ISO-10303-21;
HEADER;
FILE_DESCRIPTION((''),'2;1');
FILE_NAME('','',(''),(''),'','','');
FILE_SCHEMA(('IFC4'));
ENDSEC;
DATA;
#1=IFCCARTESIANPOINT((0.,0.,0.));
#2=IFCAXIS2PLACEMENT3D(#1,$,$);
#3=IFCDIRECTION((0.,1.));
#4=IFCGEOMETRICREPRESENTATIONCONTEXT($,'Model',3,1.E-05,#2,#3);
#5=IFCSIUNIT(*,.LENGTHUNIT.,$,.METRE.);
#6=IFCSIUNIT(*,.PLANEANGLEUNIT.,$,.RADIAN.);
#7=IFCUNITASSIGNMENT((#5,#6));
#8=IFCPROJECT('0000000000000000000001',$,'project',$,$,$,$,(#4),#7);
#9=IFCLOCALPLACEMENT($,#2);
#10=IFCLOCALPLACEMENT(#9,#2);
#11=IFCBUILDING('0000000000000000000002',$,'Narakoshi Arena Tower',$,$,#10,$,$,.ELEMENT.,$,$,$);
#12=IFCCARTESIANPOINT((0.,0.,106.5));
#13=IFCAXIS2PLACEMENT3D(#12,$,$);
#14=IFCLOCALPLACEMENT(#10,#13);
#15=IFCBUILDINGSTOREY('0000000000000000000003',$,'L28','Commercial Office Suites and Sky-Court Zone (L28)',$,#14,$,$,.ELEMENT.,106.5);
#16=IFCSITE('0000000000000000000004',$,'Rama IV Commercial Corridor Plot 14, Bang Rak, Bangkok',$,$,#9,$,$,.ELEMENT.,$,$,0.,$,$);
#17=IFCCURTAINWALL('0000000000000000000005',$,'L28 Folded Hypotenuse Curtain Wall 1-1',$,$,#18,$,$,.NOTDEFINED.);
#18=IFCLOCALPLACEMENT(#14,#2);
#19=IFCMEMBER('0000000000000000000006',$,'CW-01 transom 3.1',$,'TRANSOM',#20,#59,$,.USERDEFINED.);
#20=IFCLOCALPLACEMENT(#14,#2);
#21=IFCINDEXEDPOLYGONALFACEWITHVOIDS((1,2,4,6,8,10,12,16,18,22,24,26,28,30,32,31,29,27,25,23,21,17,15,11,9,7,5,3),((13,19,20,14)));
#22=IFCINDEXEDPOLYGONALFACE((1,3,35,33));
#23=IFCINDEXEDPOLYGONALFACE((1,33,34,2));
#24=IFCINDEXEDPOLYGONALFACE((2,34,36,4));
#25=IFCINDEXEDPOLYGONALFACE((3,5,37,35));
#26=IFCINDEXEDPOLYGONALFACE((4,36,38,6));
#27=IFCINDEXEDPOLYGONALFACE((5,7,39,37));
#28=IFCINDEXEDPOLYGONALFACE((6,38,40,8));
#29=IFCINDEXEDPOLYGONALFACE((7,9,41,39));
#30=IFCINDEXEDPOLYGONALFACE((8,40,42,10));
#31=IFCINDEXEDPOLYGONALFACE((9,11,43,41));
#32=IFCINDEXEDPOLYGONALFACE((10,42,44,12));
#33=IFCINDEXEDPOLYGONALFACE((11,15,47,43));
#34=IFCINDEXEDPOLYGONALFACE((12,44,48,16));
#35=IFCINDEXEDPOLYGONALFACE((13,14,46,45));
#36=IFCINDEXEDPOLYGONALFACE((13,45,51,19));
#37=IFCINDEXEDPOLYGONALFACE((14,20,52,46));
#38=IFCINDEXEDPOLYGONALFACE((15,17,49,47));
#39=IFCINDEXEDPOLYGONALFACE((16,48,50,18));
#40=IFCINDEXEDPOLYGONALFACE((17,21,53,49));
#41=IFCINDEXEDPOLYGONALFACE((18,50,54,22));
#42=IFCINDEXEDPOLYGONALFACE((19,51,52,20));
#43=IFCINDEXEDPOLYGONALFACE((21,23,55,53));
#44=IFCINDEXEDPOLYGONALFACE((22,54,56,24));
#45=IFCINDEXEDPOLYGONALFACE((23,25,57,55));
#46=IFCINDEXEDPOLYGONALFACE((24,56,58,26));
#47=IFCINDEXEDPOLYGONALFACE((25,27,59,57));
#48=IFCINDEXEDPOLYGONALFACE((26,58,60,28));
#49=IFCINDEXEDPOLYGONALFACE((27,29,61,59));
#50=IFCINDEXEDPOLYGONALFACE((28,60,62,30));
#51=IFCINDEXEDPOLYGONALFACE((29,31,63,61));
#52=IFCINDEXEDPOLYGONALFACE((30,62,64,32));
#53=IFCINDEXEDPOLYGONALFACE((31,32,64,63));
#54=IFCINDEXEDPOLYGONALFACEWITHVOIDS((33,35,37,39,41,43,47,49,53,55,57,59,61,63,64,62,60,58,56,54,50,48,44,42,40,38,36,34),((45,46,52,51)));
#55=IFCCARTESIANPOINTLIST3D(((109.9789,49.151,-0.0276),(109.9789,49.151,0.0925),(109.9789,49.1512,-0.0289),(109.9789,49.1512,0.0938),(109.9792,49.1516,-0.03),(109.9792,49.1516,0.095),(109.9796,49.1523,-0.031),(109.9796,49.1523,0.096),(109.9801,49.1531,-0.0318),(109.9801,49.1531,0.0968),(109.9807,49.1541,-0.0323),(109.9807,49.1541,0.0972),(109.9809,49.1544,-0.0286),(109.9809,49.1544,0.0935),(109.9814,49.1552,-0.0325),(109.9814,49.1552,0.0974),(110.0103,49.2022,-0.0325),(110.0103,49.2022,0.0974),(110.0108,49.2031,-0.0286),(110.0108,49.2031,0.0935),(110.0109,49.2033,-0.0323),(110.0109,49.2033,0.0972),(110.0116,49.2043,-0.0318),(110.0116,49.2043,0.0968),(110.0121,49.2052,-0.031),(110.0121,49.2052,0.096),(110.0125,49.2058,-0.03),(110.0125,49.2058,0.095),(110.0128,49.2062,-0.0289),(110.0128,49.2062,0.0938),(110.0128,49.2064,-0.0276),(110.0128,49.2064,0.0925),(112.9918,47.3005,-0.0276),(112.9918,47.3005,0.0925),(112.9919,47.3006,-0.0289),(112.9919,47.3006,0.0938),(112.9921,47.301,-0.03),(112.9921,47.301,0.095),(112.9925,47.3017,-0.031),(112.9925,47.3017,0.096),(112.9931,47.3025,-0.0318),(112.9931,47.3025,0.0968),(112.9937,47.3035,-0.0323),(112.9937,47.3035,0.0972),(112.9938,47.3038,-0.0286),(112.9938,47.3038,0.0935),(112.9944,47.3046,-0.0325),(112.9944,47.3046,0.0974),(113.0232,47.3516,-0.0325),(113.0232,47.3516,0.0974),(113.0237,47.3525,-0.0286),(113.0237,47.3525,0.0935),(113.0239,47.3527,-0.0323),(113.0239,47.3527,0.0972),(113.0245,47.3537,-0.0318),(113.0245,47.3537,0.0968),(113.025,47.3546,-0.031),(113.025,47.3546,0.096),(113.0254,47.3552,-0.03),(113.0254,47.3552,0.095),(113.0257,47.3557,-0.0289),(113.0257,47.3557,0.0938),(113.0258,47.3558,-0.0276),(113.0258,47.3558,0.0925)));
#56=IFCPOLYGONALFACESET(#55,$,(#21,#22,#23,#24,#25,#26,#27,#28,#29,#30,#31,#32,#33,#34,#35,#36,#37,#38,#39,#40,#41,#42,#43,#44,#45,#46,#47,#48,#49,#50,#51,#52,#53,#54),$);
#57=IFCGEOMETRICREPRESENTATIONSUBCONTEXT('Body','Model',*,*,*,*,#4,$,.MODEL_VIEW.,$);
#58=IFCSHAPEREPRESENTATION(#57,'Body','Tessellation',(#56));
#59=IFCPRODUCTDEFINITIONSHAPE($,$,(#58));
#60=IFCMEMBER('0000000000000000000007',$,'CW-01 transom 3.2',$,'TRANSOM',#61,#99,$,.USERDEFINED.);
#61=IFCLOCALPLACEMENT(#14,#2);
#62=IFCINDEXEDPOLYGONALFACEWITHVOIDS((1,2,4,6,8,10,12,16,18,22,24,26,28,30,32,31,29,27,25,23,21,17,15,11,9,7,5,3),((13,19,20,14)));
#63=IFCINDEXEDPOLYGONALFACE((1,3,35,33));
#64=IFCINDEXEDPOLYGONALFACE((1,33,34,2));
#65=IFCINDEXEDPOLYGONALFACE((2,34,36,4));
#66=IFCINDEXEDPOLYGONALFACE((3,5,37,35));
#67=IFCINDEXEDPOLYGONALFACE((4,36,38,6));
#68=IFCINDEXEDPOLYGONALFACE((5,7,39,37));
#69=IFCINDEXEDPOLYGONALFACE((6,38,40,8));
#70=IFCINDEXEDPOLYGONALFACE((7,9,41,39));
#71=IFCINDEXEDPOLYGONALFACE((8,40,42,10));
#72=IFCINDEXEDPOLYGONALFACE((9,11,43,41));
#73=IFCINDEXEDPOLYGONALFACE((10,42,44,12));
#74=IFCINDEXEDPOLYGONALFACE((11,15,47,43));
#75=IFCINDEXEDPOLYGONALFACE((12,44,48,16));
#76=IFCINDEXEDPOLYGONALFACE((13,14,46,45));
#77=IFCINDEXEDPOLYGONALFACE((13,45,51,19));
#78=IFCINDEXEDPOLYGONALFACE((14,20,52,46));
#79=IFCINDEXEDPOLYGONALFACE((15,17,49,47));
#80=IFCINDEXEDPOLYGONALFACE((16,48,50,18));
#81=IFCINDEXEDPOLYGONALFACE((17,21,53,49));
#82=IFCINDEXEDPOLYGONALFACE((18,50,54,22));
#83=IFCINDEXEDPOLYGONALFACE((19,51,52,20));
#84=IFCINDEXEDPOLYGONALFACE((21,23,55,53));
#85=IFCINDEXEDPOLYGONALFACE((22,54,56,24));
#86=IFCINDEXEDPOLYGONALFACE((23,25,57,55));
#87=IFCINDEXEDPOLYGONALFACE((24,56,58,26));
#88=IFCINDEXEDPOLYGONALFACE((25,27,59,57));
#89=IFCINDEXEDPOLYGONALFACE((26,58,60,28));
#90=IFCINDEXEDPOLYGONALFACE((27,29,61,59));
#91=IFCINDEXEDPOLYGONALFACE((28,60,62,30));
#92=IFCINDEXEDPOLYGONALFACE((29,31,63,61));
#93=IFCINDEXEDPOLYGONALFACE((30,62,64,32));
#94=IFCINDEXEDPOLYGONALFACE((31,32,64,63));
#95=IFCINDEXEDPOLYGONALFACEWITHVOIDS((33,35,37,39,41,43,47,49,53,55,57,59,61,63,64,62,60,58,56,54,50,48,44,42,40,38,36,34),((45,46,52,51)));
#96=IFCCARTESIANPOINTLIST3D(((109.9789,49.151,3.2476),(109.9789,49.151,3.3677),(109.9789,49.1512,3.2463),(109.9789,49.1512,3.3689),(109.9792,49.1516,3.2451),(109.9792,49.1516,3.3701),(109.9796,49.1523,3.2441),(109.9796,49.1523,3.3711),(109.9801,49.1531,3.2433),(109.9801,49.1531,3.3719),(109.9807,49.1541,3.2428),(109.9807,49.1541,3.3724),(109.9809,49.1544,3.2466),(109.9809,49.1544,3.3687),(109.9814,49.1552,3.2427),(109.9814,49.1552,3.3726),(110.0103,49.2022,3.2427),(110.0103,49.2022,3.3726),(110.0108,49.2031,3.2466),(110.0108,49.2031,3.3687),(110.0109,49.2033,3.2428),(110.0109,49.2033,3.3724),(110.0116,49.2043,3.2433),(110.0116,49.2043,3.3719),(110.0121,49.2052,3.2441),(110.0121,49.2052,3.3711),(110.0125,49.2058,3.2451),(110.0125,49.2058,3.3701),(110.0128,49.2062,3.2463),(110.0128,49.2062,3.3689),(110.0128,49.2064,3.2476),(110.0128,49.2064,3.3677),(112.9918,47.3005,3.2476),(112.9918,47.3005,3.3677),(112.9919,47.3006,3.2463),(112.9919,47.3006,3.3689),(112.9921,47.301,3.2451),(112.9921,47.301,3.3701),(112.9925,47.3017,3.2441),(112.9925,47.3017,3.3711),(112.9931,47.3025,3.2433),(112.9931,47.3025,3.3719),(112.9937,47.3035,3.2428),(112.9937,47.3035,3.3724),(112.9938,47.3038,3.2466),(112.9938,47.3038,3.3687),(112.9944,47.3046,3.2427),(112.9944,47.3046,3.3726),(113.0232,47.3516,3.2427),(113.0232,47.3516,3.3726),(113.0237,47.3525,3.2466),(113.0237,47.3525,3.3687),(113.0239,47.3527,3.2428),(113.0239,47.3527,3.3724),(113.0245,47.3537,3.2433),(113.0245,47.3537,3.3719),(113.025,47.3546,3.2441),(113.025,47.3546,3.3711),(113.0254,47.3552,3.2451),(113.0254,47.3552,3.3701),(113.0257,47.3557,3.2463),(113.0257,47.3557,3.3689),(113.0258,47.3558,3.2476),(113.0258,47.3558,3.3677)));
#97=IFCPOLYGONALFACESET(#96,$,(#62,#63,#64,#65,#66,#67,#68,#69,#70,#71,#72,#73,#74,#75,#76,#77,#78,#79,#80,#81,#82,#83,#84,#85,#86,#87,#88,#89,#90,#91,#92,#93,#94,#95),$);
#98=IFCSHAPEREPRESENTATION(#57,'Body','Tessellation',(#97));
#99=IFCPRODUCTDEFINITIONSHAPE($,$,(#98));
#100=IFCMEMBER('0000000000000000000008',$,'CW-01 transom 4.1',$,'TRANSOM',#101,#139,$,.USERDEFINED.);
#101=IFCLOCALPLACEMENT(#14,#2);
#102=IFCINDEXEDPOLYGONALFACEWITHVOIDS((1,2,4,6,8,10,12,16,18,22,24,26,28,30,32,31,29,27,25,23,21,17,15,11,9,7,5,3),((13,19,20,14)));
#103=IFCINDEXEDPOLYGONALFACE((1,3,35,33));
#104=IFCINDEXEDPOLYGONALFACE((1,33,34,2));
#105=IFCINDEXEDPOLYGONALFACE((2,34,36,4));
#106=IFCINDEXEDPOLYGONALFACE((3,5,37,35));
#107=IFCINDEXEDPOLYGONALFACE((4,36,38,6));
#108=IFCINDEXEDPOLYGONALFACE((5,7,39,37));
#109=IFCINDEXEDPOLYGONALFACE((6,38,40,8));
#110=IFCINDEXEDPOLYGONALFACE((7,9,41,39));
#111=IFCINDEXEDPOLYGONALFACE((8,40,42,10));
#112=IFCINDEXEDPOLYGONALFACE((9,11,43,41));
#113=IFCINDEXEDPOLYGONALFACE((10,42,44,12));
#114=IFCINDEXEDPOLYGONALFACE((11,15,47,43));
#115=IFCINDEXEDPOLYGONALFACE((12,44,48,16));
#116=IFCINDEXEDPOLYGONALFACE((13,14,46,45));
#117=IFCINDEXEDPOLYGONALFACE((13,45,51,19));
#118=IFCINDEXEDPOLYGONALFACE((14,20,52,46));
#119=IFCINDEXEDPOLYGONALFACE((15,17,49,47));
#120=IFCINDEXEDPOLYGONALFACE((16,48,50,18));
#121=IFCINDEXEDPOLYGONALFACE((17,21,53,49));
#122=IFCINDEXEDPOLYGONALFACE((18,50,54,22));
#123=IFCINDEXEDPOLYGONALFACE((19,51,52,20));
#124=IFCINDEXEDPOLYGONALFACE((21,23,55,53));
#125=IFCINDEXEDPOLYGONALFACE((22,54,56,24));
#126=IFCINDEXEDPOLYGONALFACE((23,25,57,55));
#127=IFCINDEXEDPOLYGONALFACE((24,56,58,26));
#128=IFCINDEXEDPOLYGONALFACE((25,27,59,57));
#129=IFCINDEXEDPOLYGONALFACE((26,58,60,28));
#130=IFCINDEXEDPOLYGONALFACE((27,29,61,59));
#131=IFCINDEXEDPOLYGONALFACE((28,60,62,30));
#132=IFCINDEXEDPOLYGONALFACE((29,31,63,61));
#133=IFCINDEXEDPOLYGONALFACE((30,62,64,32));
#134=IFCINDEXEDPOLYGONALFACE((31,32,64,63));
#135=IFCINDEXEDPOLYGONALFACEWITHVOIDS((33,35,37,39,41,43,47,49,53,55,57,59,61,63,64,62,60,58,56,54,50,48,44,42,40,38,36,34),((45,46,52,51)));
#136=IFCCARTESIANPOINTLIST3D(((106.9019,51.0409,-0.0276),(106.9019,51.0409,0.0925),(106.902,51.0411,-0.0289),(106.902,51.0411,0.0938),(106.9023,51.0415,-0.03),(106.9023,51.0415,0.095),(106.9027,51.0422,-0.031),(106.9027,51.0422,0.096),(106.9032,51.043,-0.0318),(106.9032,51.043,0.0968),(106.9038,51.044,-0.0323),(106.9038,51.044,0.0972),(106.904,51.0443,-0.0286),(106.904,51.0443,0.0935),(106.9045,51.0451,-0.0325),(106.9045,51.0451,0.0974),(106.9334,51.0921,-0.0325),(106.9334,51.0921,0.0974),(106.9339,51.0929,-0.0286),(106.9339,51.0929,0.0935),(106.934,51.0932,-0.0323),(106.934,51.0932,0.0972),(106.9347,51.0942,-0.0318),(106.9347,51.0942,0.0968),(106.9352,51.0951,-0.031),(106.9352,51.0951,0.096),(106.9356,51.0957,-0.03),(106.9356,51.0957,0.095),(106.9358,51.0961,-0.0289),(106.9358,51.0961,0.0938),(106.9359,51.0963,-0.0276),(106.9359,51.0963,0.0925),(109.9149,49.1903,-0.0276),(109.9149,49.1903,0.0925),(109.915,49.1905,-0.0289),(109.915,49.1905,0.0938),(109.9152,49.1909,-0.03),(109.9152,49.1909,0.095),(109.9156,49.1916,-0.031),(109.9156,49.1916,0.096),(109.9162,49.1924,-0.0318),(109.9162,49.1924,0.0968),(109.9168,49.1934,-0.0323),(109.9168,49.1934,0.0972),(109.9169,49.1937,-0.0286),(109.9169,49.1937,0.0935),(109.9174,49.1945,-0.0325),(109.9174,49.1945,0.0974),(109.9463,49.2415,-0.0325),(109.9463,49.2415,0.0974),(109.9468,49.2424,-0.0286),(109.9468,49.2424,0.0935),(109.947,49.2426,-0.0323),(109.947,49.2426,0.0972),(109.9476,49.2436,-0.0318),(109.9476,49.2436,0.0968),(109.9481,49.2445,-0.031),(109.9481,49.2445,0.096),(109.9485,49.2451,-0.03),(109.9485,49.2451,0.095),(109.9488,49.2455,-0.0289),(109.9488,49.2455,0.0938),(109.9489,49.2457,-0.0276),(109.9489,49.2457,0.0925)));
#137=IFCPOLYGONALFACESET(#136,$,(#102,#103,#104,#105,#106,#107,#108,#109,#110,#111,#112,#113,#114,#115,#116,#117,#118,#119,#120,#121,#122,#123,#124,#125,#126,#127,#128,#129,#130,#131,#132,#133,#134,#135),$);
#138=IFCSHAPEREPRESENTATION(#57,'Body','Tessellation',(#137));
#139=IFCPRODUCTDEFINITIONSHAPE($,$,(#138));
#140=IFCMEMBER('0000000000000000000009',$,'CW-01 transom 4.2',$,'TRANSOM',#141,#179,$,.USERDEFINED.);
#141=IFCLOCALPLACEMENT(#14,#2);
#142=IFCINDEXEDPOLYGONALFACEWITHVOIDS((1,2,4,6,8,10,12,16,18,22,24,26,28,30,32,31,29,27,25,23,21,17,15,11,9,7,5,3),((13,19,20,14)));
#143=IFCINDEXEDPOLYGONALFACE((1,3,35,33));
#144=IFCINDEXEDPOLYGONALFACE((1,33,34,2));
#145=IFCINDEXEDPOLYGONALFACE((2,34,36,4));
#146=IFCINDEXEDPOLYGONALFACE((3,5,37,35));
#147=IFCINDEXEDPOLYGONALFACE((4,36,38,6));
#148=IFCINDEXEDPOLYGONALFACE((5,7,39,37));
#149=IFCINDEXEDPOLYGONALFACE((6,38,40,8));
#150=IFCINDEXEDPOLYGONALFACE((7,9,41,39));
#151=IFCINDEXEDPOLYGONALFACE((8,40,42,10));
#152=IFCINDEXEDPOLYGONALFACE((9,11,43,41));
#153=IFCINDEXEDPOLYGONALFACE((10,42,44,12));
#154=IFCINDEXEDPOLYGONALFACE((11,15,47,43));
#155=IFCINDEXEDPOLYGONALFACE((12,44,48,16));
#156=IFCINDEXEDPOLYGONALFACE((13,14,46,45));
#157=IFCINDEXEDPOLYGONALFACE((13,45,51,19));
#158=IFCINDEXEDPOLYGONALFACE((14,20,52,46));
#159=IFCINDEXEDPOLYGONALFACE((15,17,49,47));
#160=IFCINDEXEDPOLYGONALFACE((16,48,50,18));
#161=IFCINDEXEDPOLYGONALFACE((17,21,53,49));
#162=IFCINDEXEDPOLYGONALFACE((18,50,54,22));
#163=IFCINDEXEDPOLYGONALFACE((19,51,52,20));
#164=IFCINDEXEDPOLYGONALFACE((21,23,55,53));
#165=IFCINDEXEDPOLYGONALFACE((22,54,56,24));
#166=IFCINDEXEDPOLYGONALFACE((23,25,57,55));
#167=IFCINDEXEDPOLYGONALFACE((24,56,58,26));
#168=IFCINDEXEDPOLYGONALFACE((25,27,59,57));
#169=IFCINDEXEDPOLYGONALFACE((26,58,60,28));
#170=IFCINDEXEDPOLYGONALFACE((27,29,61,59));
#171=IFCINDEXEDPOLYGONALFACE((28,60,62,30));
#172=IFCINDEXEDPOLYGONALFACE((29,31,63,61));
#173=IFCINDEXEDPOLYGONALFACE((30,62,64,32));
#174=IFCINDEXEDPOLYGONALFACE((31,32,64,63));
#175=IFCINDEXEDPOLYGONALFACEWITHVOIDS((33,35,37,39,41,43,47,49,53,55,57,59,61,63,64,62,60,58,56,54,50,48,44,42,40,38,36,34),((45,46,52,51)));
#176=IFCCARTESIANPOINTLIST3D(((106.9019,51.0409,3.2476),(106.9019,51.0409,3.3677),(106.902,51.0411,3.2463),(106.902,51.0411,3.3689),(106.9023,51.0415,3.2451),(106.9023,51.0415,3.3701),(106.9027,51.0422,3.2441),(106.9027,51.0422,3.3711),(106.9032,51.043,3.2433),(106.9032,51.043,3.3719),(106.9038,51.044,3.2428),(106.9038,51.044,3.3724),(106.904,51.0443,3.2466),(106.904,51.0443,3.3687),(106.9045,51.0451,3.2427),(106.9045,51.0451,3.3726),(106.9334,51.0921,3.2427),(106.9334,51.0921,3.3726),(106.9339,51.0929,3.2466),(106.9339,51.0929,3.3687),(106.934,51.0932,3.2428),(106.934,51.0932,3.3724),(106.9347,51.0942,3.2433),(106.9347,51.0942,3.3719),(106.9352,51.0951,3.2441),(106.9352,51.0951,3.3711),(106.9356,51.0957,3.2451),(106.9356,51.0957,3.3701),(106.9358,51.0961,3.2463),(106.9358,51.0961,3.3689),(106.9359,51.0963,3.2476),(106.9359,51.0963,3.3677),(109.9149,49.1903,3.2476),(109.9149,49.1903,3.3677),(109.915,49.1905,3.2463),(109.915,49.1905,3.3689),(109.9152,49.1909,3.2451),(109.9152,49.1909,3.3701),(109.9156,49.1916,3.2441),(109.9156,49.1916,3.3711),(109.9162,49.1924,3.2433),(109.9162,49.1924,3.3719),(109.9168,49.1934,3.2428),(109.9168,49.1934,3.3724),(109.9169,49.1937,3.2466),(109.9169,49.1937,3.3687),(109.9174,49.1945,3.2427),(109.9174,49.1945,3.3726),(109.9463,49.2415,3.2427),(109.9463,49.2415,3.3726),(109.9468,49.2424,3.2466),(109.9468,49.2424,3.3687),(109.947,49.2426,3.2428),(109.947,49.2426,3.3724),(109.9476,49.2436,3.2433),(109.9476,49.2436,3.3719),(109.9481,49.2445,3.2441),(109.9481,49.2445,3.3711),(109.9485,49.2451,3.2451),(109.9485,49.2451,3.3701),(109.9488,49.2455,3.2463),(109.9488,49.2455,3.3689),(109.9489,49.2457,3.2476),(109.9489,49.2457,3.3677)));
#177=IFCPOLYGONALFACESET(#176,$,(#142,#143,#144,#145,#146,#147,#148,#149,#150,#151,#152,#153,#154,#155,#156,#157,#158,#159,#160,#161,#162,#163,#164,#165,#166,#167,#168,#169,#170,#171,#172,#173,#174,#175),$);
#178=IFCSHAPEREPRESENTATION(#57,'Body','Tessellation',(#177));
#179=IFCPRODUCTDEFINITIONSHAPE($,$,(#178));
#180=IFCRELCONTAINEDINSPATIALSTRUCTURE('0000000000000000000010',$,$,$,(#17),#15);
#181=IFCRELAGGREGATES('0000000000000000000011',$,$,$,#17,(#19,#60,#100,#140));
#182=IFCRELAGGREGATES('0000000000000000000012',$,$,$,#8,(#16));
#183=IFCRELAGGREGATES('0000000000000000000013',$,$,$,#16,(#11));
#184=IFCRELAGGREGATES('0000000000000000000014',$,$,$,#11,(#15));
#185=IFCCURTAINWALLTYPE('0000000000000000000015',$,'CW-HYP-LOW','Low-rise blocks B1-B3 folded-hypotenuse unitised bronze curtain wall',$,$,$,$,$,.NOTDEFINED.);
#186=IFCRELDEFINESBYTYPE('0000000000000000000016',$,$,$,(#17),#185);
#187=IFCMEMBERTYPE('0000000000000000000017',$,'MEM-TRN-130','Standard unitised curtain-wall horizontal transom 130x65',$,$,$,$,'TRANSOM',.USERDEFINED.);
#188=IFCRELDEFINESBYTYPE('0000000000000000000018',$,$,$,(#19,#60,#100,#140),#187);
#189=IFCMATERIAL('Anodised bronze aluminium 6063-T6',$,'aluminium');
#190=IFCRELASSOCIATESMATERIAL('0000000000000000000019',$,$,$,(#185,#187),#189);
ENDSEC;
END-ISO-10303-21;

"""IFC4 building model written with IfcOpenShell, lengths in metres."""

from ifc_helpers import new_model, si_unit, direction, frame, origin, origin_2d, place, context, subcontext, project, spatial, hollow_rectangle, extrude, material, material_profile, profile_set, type_object, element, aggregate, save


model = new_model("IFC4")

# Units and contexts
model_context = context("Model", 3, precision=1e-05, world=origin(), true_north=direction((0.0, 1.0)))
body_context = subcontext(model_context, "Body", "Model", "MODEL_VIEW")
ifc_project = project(units=[si_unit("LENGTHUNIT", "METRE"), si_unit("PLANEANGLEUNIT", "RADIAN")], contexts=[model_context])

# Site, building, storey
site_placement = place(None, origin())
site = spatial("IfcSite", under=ifc_project, at=site_placement, Name="Rama IV Commercial Corridor Plot 14, Bang Rak, Bangkok", CompositionType="ELEMENT", RefElevation=0.0)
building_placement = place(site_placement, origin())
building = spatial("IfcBuilding", under=site, at=building_placement, Name="Narakoshi Arena Tower", CompositionType="ELEMENT")
storey_placement = place(building_placement, frame((0.0, 0.0, 106.5)))
storey = spatial("IfcBuildingStorey", under=building, at=storey_placement, Name="L28", Description="Commercial Office Suites and Sky-Court Zone (L28)", CompositionType="ELEMENT", Elevation=106.5)

# Curtain wall, members
ifc_material_1 = material(Name="Anodised bronze aluminium 6063-T6", Category="aluminium")
curtain_wall_type = type_object("IfcCurtainWallType", Name="CW-HYP-LOW", Description="Low-rise blocks B1-B3 folded-hypotenuse unitised bronze curtain wall", PredefinedType="NOTDEFINED", material=ifc_material_1)
curtain_wall_placement = place(storey_placement, origin())
curtain_wall = element("IfcCurtainWall", 1, at=curtain_wall_placement, inside=storey, type_object=curtain_wall_type, Name="L28 Folded Hypotenuse Curtain Wall 1-1", PredefinedType="NOTDEFINED")
ifc_material_profile_1 = material_profile(ifc_material_1, hollow_rectangle(XDim=0.0649, YDim=0.1299, WallThickness=0.0039, OuterFilletRadius=0.0049, at=origin_2d()), Name="TRN130x65x4")
ifc_profile_set_1 = profile_set([ifc_material_profile_1], Name="Anodised bronze aluminium 6063-T6")
member_type_1 = type_object("IfcMemberType", Name="MEM-TRN-130", Description="Standard unitised curtain-wall horizontal transom 130x65", ElementType="TRANSOM", PredefinedType="USERDEFINED", material=ifc_profile_set_1)
member_1_placement = place(storey_placement, frame((113.0088, 47.3281, 0.0325), z_axis=(-0.852104, 0.523373, 0.0), x_axis=(-0.523373, -0.852104, 0.0)))
member_1 = element("IfcMember", 2, at=member_1_placement, type_object=member_type_1, Name="CW-01 transom 3.1", ObjectType="TRANSOM", PredefinedType="USERDEFINED", context=body_context, shape_type="SweptSolid", body=[
    extrude(hollow_rectangle(XDim=0.0649, YDim=0.1299, WallThickness=0.0039, OuterFilletRadius=0.0049, at=origin_2d()), origin(), (0.0, 0.0, 1.0), 3.5359),
])
member_2_placement = place(storey_placement, frame((113.0088, 47.3281, 3.3076), z_axis=(-0.852104, 0.523373, 0.0), x_axis=(-0.523373, -0.852104, 0.0)))
member_2 = element("IfcMember", 3, at=member_2_placement, type_object=member_type_1, Name="CW-01 transom 3.2", ObjectType="TRANSOM", PredefinedType="USERDEFINED", context=body_context, shape_type="SweptSolid", body=[
    extrude(hollow_rectangle(XDim=0.0649, YDim=0.1299, WallThickness=0.0039, OuterFilletRadius=0.0049, at=origin_2d()), origin(), (0.0, 0.0, 1.0), 3.5359),
])
member_3_placement = place(storey_placement, frame((109.9319, 49.218, 0.0325), z_axis=(-0.852104, 0.523373, 0.0), x_axis=(-0.523373, -0.852104, 0.0)))
member_3 = element("IfcMember", 4, at=member_3_placement, type_object=member_type_1, Name="CW-01 transom 4.1", ObjectType="TRANSOM", PredefinedType="USERDEFINED", context=body_context, shape_type="SweptSolid", body=[
    extrude(hollow_rectangle(XDim=0.0649, YDim=0.1299, WallThickness=0.0039, OuterFilletRadius=0.0049, at=origin_2d()), origin(), (0.0, 0.0, 1.0), 3.5359),
])
member_4_placement = place(storey_placement, frame((109.9319, 49.218, 3.3076), z_axis=(-0.852104, 0.523373, 0.0), x_axis=(-0.523373, -0.852104, 0.0)))
member_4 = element("IfcMember", 5, at=member_4_placement, type_object=member_type_1, Name="CW-01 transom 4.2", ObjectType="TRANSOM", PredefinedType="USERDEFINED", context=body_context, shape_type="SweptSolid", body=[
    extrude(hollow_rectangle(XDim=0.0649, YDim=0.1299, WallThickness=0.0039, OuterFilletRadius=0.0049, at=origin_2d()), origin(), (0.0, 0.0, 1.0), 3.5359),
])
aggregate(curtain_wall, [member_1, member_2, member_3, member_4])

save(model, "model.ifc")
